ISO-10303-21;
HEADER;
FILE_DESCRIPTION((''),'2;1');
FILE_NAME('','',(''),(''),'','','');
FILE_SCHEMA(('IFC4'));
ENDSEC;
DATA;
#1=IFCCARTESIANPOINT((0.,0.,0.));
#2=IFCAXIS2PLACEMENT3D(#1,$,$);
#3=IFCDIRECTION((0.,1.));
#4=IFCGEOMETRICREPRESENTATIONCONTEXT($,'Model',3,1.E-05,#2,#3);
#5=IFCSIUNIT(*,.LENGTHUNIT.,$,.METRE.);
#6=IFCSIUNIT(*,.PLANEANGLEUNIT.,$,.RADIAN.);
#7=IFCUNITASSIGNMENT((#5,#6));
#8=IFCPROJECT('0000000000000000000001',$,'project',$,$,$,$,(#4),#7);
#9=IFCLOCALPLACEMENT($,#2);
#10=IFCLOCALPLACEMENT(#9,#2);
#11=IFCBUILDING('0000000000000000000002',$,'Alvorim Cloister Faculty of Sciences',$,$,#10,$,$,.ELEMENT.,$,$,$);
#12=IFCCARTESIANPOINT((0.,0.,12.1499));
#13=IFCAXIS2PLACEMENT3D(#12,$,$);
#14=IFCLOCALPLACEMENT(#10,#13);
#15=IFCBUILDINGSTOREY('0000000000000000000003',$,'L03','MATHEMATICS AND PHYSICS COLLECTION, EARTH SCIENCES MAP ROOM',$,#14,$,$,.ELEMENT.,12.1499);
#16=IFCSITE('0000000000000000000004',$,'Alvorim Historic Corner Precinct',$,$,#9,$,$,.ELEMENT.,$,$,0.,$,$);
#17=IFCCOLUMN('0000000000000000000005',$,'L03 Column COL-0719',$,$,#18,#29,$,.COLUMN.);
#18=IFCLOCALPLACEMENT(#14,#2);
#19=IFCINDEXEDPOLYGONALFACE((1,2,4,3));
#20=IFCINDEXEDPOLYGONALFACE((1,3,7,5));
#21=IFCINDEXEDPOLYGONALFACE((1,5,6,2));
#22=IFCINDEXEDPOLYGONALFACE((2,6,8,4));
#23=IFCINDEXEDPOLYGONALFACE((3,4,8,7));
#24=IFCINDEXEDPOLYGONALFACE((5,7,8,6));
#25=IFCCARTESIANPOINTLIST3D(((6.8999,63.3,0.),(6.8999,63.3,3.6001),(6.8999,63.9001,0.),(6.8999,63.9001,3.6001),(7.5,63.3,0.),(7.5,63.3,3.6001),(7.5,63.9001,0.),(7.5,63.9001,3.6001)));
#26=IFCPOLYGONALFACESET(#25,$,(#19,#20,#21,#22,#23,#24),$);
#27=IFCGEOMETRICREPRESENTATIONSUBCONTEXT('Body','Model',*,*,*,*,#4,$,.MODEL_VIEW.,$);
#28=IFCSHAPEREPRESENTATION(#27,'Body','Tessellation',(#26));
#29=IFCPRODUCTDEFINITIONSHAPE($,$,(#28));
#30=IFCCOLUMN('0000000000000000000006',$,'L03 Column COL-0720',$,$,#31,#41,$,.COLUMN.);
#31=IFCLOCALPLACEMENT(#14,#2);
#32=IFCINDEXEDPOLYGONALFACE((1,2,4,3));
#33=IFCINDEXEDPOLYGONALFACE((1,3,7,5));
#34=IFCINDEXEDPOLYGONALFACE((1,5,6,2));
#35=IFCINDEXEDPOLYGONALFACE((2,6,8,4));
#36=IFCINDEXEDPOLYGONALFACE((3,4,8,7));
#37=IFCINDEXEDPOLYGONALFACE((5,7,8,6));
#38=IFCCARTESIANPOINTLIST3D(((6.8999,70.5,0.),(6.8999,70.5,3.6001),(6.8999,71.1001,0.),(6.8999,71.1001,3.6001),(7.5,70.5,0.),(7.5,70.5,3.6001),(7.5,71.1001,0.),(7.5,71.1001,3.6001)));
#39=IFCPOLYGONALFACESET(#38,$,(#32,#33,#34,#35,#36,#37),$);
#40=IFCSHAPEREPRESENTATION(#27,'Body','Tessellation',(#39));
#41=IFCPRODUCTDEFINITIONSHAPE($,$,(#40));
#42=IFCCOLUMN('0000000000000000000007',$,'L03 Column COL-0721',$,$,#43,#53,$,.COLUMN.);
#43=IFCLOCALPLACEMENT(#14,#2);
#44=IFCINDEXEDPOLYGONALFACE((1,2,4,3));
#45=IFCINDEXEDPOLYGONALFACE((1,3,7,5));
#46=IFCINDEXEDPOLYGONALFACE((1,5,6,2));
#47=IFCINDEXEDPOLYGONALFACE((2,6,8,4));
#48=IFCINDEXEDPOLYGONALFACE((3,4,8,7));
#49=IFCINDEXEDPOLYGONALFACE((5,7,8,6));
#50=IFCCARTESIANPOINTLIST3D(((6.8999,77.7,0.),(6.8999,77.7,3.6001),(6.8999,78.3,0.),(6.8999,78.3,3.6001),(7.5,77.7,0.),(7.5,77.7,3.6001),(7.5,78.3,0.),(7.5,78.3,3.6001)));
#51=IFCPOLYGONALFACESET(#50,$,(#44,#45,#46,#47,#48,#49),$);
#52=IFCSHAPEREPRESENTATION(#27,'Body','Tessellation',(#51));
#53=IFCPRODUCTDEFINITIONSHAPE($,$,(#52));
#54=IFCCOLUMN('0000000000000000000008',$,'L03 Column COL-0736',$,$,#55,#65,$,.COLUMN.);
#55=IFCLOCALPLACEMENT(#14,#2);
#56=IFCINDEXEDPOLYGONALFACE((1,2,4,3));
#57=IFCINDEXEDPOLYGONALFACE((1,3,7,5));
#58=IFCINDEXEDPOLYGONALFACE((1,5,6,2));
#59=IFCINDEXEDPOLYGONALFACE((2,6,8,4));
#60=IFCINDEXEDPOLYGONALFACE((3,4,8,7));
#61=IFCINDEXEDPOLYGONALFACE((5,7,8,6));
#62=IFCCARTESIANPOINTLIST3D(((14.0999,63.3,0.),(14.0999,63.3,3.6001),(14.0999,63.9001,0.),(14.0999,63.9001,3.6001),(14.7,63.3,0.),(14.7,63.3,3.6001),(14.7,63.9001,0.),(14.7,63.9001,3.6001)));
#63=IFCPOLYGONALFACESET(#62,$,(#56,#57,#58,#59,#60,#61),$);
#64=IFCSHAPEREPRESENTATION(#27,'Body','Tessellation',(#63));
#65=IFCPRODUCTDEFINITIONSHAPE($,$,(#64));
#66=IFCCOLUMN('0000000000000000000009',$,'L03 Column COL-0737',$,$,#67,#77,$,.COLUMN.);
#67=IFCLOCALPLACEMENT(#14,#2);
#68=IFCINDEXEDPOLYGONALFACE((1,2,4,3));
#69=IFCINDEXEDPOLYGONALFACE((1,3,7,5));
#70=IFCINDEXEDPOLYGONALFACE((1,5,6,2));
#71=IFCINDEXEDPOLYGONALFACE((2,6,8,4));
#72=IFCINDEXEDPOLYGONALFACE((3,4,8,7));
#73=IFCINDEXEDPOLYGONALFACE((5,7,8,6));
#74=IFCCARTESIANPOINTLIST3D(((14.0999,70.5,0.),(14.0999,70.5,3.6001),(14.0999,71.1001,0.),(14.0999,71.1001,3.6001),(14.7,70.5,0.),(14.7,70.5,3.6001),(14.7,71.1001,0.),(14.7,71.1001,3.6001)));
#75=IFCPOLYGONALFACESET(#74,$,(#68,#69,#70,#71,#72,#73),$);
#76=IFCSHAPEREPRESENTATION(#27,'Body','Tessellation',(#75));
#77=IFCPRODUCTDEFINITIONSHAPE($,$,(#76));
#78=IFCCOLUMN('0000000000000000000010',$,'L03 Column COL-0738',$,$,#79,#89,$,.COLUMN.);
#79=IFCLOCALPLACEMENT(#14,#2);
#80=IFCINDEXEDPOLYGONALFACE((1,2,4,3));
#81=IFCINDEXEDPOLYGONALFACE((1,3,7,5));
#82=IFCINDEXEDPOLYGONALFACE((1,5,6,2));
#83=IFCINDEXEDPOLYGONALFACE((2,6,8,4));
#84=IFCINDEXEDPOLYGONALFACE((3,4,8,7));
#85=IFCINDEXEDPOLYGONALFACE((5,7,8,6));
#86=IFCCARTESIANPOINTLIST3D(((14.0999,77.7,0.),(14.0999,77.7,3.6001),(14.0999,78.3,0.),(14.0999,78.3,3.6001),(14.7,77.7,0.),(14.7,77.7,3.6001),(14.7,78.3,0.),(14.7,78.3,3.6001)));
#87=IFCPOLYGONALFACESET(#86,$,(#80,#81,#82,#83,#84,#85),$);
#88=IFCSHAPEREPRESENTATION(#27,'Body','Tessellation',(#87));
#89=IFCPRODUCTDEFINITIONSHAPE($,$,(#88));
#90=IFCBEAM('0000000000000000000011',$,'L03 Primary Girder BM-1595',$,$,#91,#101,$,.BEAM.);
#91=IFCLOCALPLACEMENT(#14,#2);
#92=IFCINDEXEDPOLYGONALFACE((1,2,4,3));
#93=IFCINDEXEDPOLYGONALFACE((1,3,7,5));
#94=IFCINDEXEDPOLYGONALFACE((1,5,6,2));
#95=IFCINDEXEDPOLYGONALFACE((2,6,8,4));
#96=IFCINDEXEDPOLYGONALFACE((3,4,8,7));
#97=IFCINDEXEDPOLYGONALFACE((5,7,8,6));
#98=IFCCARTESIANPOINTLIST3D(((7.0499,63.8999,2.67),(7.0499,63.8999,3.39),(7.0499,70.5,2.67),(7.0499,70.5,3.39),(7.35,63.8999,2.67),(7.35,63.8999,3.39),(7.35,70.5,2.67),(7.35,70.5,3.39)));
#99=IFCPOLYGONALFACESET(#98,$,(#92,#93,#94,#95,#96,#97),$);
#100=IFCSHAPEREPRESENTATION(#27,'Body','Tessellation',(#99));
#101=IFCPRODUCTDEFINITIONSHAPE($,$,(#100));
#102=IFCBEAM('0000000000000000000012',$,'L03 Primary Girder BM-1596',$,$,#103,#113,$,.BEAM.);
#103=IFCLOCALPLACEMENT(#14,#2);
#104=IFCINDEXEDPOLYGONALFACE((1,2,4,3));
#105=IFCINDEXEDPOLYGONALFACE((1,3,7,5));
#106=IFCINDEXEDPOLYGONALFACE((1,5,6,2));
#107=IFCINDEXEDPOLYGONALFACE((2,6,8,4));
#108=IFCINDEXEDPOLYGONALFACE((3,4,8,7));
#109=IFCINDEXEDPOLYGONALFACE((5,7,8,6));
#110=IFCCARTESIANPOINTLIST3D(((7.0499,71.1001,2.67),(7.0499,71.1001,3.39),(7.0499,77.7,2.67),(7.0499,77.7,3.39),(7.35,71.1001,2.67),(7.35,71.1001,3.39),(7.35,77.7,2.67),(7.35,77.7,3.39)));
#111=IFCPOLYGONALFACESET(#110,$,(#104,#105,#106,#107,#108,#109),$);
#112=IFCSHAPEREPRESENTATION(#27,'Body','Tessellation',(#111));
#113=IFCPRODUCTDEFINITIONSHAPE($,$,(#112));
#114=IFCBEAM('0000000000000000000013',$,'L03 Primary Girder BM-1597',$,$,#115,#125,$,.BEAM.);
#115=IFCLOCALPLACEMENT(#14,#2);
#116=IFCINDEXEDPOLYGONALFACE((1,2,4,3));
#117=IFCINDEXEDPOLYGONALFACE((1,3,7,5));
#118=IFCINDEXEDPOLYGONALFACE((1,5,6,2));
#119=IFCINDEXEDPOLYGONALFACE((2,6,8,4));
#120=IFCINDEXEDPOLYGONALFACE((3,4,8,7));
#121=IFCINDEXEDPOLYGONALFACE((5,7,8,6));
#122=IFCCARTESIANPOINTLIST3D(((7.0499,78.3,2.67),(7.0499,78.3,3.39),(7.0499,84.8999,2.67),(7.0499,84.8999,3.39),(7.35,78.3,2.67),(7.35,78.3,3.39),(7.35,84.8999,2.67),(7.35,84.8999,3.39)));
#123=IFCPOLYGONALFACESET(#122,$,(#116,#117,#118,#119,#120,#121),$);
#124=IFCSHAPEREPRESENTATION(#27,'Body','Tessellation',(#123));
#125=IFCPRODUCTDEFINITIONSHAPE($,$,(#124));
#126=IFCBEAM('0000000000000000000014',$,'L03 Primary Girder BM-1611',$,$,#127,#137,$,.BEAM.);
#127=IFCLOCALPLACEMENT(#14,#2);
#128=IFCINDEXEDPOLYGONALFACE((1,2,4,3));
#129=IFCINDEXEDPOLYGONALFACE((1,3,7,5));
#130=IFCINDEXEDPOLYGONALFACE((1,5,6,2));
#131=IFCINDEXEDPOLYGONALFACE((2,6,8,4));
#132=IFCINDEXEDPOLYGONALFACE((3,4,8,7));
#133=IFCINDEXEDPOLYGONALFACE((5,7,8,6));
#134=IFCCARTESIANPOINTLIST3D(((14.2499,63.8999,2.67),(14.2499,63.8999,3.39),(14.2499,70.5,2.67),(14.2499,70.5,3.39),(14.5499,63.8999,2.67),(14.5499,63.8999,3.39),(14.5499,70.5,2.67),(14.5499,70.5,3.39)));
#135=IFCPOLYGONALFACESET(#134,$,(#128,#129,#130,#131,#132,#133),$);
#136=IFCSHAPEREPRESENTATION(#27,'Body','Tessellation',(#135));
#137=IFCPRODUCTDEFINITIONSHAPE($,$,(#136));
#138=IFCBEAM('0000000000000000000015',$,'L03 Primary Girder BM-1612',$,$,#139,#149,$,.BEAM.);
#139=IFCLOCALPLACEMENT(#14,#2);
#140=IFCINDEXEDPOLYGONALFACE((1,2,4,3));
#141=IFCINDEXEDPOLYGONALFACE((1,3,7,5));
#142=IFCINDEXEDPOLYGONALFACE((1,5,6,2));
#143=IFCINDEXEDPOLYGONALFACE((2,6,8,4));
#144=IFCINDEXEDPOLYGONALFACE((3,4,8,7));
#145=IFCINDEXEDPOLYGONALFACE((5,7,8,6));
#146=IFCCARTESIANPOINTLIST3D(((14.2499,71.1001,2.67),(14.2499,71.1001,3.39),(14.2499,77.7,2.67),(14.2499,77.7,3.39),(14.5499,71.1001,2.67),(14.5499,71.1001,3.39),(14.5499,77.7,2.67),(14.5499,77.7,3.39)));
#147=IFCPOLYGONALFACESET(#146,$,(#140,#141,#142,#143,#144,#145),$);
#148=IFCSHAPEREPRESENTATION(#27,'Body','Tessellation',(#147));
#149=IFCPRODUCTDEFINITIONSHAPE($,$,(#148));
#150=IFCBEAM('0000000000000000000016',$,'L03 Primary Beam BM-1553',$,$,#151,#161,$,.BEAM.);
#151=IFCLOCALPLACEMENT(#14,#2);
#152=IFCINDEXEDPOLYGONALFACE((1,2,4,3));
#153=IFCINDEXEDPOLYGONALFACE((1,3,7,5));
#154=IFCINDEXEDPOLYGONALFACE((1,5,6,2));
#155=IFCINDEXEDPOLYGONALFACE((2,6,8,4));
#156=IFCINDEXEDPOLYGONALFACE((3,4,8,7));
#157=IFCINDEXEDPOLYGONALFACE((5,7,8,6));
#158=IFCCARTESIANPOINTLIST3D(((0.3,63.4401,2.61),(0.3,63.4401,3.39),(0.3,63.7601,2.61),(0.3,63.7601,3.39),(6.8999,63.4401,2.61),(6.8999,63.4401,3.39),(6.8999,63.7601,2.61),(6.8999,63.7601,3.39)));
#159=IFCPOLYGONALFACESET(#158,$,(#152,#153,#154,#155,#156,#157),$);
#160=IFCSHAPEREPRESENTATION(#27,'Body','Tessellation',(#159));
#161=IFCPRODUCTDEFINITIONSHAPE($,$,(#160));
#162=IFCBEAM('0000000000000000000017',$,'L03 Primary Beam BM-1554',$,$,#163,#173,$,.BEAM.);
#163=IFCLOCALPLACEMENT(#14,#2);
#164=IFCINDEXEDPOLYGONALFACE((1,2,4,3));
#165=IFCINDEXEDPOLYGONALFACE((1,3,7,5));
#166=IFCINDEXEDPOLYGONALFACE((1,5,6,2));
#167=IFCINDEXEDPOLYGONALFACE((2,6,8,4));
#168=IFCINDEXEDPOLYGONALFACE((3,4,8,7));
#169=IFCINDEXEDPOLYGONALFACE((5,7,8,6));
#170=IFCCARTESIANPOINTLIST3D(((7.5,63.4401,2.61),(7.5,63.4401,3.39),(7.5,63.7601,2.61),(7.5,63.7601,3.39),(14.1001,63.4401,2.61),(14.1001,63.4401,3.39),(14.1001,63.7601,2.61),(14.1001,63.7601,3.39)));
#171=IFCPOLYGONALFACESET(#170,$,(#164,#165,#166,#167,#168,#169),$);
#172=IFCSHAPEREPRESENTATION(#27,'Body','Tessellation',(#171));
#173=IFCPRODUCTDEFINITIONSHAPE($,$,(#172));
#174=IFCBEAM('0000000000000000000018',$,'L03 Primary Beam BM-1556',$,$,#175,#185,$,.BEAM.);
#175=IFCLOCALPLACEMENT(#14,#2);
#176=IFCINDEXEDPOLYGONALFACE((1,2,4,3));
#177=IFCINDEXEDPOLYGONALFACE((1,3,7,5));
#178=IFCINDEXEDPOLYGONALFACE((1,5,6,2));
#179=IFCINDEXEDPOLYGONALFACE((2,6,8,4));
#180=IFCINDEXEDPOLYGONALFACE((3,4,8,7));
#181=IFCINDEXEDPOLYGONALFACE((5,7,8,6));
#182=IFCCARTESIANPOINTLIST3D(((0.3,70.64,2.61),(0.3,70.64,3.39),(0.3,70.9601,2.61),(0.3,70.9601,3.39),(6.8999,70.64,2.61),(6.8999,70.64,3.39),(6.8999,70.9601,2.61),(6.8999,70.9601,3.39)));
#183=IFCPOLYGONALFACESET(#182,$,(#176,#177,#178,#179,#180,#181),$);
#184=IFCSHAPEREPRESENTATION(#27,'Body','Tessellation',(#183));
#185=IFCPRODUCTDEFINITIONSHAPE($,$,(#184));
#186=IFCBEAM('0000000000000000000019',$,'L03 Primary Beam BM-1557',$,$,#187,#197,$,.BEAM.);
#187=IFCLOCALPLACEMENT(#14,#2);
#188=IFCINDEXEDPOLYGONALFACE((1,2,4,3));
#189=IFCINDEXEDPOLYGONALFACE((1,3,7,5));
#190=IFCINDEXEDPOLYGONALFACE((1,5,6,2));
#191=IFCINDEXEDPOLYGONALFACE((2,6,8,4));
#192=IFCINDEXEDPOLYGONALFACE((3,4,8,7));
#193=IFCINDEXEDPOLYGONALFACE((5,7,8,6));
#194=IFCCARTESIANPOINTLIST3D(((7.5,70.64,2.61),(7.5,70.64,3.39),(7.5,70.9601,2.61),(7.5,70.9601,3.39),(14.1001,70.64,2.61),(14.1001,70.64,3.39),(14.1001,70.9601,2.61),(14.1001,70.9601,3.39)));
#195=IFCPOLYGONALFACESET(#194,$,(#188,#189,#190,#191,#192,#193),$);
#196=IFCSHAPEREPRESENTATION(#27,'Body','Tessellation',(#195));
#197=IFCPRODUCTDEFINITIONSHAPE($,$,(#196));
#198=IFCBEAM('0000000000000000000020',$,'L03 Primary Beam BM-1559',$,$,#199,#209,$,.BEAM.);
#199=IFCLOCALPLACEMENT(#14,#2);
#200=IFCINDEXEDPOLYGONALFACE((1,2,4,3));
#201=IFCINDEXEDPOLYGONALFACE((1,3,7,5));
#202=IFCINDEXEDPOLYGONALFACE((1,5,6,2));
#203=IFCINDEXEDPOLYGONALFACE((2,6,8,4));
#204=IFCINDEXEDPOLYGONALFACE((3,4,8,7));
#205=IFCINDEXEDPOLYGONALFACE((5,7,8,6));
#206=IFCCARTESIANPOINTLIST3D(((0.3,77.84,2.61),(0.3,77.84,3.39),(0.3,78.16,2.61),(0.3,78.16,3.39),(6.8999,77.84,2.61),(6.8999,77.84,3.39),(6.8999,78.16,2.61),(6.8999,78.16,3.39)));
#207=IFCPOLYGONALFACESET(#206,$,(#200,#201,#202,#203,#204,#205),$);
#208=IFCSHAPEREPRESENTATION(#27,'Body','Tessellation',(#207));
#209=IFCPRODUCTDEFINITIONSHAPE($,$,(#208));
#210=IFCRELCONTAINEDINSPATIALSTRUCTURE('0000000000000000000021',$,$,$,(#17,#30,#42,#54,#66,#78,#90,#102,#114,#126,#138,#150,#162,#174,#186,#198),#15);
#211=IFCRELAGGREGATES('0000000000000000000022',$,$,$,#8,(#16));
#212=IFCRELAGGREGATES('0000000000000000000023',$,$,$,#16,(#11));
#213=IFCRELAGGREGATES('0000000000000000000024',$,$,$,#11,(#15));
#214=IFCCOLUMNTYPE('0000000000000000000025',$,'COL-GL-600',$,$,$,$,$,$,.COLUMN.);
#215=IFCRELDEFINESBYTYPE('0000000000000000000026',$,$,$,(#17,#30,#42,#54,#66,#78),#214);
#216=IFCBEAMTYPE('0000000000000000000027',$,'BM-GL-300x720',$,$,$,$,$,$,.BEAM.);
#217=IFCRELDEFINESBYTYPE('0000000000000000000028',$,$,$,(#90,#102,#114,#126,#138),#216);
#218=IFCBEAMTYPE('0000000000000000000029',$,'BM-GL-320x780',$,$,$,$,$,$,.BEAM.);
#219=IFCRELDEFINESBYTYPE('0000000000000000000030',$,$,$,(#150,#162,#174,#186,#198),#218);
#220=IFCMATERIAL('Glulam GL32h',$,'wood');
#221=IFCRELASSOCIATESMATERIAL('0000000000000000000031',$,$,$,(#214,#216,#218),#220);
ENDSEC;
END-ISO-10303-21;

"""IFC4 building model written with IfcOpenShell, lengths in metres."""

from ifc_helpers import new_model, si_unit, direction, frame, origin, origin_2d, place, context, subcontext, project, spatial, rectangle, extrude, material, material_profile, profile_set, type_object, element, save


model = new_model("IFC4")

# Units and contexts
model_context = context("Model", 3, precision=1e-05, world=origin(), true_north=direction((0.0, 1.0)))
body_context = subcontext(model_context, "Body", "Model", "MODEL_VIEW")
ifc_project = project(units=[si_unit("LENGTHUNIT", "METRE"), si_unit("PLANEANGLEUNIT", "RADIAN")], contexts=[model_context])

# Site, building, storey
site_placement = place(None, origin())
site = spatial("IfcSite", under=ifc_project, at=site_placement, Name="Alvorim Historic Corner Precinct", CompositionType="ELEMENT", RefElevation=0.0)
building_placement = place(site_placement, origin())
building = spatial("IfcBuilding", under=site, at=building_placement, Name="Alvorim Cloister Faculty of Sciences", CompositionType="ELEMENT")
storey_placement = place(building_placement, frame((0.0, 0.0, 12.1499)))
storey = spatial("IfcBuildingStorey", under=building, at=storey_placement, Name="L03", Description="MATHEMATICS AND PHYSICS COLLECTION, EARTH SCIENCES MAP ROOM", CompositionType="ELEMENT", Elevation=12.1499)

# Columns
ifc_material_1 = material(Name="Glulam GL32h", Category="wood")
ifc_material_profile_1 = material_profile(ifc_material_1, rectangle(XDim=0.6001, YDim=0.6001, at=origin_2d()), Name="GL32-COL-600x600")
ifc_profile_set_1 = profile_set([ifc_material_profile_1], Name="Glulam GL32h")
column_type = type_object("IfcColumnType", Name="COL-GL-600", PredefinedType="COLUMN", material=ifc_profile_set_1)
for number, where, z_axis, x_axis, name in (
    (1, (7.2, 63.6001, 0.0), (0.0, 0.0, 1.0), (1.0, 0.0, 0.0), "L03 Column COL-0719"),
    (2, (7.2, 70.8, 0.0), (0.0, 0.0, 1.0), (1.0, 0.0, 0.0), "L03 Column COL-0720"),
    (3, (7.2, 78.0, 0.0), (0.0, 0.0, 1.0), (1.0, 0.0, 0.0), "L03 Column COL-0721"),
    (4, (14.3999, 63.6001, 0.0), (0.0, 0.0, 1.0), (1.0, 0.0, 0.0), "L03 Column COL-0736"),
    (5, (14.3999, 70.8, 0.0), (0.0, 0.0, 1.0), (1.0, 0.0, 0.0), "L03 Column COL-0737"),
    (6, (14.3999, 78.0, 0.0), (0.0, 0.0, 1.0), (1.0, 0.0, 0.0), "L03 Column COL-0738"),
):
    element("IfcColumn", number, at=place(storey_placement, frame(where, z_axis=z_axis, x_axis=x_axis)), inside=storey, type_object=column_type, Name=name, PredefinedType="COLUMN", context=body_context, shape_type="SweptSolid", body=[
        extrude(rectangle(XDim=0.6001, YDim=0.6001, at=origin_2d()), origin(), (0.0, 0.0, 1.0), 3.6001),
    ])

# Beams
ifc_material_profile_2 = material_profile(ifc_material_1, rectangle(XDim=0.3, YDim=0.72, at=origin_2d()), Name="GL32-BM-300x720")
ifc_profile_set_2 = profile_set([ifc_material_profile_2], Name="Glulam GL32h")
beam_type_1 = type_object("IfcBeamType", Name="BM-GL-300x720", PredefinedType="BEAM", material=ifc_profile_set_2)
beam_1_placement = place(storey_placement, frame((7.2, 63.8999, 3.03), z_axis=(0.0, 1.0, 0.0), x_axis=(-1.0, 0.0, 0.0)))
element("IfcBeam", 7, at=beam_1_placement, inside=storey, type_object=beam_type_1, Name="L03 Primary Girder BM-1595", PredefinedType="BEAM", context=body_context, shape_type="SweptSolid", body=[
    extrude(rectangle(XDim=0.3, YDim=0.72, at=origin_2d()), origin(), (0.0, 0.0, 1.0), 6.6001),
])
for number, where, z_axis, x_axis, name in (
    (8, (7.2, 71.1001, 3.03), (0.0, 1.0, 0.0), (-1.0, 0.0, 0.0), "L03 Primary Girder BM-1596"),
    (9, (7.2, 78.3, 3.03), (0.0, 1.0, 0.0), (-1.0, 0.0, 0.0), "L03 Primary Girder BM-1597"),
):
    element("IfcBeam", number, at=place(storey_placement, frame(where, z_axis=z_axis, x_axis=x_axis)), inside=storey, type_object=beam_type_1, Name=name, PredefinedType="BEAM", context=body_context, shape_type="SweptSolid", body=[
        extrude(rectangle(XDim=0.3, YDim=0.72, at=origin_2d()), origin(), (0.0, 0.0, 1.0), 6.5999),
    ])
beam_2_placement = place(storey_placement, frame((14.3999, 63.8999, 3.03), z_axis=(0.0, 1.0, 0.0), x_axis=(-1.0, 0.0, 0.0)))
element("IfcBeam", 10, at=beam_2_placement, inside=storey, type_object=beam_type_1, Name="L03 Primary Girder BM-1611", PredefinedType="BEAM", context=body_context, shape_type="SweptSolid", body=[
    extrude(rectangle(XDim=0.3, YDim=0.72, at=origin_2d()), origin(), (0.0, 0.0, 1.0), 6.6001),
])
beam_3_placement = place(storey_placement, frame((14.3999, 71.1001, 3.03), z_axis=(0.0, 1.0, 0.0), x_axis=(-1.0, 0.0, 0.0)))
element("IfcBeam", 11, at=beam_3_placement, inside=storey, type_object=beam_type_1, Name="L03 Primary Girder BM-1612", PredefinedType="BEAM", context=body_context, shape_type="SweptSolid", body=[
    extrude(rectangle(XDim=0.3, YDim=0.72, at=origin_2d()), origin(), (0.0, 0.0, 1.0), 6.5999),
])
ifc_material_profile_3 = material_profile(ifc_material_1, rectangle(XDim=0.3201, YDim=0.78, at=origin_2d()), Name="GL32-BM-320x780")
ifc_profile_set_3 = profile_set([ifc_material_profile_3], Name="Glulam GL32h")
beam_type_2 = type_object("IfcBeamType", Name="BM-GL-320x780", PredefinedType="BEAM", material=ifc_profile_set_3)
beam_4_placement = place(storey_placement, frame((0.3, 63.6001, 3.0), z_axis=(1.0, 0.0, 0.0), x_axis=(0.0, 1.0, 0.0)))
element("IfcBeam", 12, at=beam_4_placement, inside=storey, type_object=beam_type_2, Name="L03 Primary Beam BM-1553", PredefinedType="BEAM", context=body_context, shape_type="SweptSolid", body=[
    extrude(rectangle(XDim=0.3201, YDim=0.78, at=origin_2d()), origin(), (0.0, 0.0, 1.0), 6.5999),
])
beam_5_placement = place(storey_placement, frame((7.5, 63.6001, 3.0), z_axis=(1.0, 0.0, 0.0), x_axis=(0.0, 1.0, 0.0)))
element("IfcBeam", 13, at=beam_5_placement, inside=storey, type_object=beam_type_2, Name="L03 Primary Beam BM-1554", PredefinedType="BEAM", context=body_context, shape_type="SweptSolid", body=[
    extrude(rectangle(XDim=0.3201, YDim=0.78, at=origin_2d()), origin(), (0.0, 0.0, 1.0), 6.6001),
])
beam_6_placement = place(storey_placement, frame((0.3, 70.8, 3.0), z_axis=(1.0, 0.0, 0.0), x_axis=(0.0, 1.0, 0.0)))
element("IfcBeam", 14, at=beam_6_placement, inside=storey, type_object=beam_type_2, Name="L03 Primary Beam BM-1556", PredefinedType="BEAM", context=body_context, shape_type="SweptSolid", body=[
    extrude(rectangle(XDim=0.3201, YDim=0.78, at=origin_2d()), origin(), (0.0, 0.0, 1.0), 6.5999),
])
beam_7_placement = place(storey_placement, frame((7.5, 70.8, 3.0), z_axis=(1.0, 0.0, 0.0), x_axis=(0.0, 1.0, 0.0)))
element("IfcBeam", 15, at=beam_7_placement, inside=storey, type_object=beam_type_2, Name="L03 Primary Beam BM-1557", PredefinedType="BEAM", context=body_context, shape_type="SweptSolid", body=[
    extrude(rectangle(XDim=0.3201, YDim=0.78, at=origin_2d()), origin(), (0.0, 0.0, 1.0), 6.6001),
])
beam_8_placement = place(storey_placement, frame((0.3, 78.0, 3.0), z_axis=(1.0, 0.0, 0.0), x_axis=(0.0, 1.0, 0.0)))
element("IfcBeam", 16, at=beam_8_placement, inside=storey, type_object=beam_type_2, Name="L03 Primary Beam BM-1559", PredefinedType="BEAM", context=body_context, shape_type="SweptSolid", body=[
    extrude(rectangle(XDim=0.3201, YDim=0.78, at=origin_2d()), origin(), (0.0, 0.0, 1.0), 6.5999),
])

save(model, "model.ifc")
